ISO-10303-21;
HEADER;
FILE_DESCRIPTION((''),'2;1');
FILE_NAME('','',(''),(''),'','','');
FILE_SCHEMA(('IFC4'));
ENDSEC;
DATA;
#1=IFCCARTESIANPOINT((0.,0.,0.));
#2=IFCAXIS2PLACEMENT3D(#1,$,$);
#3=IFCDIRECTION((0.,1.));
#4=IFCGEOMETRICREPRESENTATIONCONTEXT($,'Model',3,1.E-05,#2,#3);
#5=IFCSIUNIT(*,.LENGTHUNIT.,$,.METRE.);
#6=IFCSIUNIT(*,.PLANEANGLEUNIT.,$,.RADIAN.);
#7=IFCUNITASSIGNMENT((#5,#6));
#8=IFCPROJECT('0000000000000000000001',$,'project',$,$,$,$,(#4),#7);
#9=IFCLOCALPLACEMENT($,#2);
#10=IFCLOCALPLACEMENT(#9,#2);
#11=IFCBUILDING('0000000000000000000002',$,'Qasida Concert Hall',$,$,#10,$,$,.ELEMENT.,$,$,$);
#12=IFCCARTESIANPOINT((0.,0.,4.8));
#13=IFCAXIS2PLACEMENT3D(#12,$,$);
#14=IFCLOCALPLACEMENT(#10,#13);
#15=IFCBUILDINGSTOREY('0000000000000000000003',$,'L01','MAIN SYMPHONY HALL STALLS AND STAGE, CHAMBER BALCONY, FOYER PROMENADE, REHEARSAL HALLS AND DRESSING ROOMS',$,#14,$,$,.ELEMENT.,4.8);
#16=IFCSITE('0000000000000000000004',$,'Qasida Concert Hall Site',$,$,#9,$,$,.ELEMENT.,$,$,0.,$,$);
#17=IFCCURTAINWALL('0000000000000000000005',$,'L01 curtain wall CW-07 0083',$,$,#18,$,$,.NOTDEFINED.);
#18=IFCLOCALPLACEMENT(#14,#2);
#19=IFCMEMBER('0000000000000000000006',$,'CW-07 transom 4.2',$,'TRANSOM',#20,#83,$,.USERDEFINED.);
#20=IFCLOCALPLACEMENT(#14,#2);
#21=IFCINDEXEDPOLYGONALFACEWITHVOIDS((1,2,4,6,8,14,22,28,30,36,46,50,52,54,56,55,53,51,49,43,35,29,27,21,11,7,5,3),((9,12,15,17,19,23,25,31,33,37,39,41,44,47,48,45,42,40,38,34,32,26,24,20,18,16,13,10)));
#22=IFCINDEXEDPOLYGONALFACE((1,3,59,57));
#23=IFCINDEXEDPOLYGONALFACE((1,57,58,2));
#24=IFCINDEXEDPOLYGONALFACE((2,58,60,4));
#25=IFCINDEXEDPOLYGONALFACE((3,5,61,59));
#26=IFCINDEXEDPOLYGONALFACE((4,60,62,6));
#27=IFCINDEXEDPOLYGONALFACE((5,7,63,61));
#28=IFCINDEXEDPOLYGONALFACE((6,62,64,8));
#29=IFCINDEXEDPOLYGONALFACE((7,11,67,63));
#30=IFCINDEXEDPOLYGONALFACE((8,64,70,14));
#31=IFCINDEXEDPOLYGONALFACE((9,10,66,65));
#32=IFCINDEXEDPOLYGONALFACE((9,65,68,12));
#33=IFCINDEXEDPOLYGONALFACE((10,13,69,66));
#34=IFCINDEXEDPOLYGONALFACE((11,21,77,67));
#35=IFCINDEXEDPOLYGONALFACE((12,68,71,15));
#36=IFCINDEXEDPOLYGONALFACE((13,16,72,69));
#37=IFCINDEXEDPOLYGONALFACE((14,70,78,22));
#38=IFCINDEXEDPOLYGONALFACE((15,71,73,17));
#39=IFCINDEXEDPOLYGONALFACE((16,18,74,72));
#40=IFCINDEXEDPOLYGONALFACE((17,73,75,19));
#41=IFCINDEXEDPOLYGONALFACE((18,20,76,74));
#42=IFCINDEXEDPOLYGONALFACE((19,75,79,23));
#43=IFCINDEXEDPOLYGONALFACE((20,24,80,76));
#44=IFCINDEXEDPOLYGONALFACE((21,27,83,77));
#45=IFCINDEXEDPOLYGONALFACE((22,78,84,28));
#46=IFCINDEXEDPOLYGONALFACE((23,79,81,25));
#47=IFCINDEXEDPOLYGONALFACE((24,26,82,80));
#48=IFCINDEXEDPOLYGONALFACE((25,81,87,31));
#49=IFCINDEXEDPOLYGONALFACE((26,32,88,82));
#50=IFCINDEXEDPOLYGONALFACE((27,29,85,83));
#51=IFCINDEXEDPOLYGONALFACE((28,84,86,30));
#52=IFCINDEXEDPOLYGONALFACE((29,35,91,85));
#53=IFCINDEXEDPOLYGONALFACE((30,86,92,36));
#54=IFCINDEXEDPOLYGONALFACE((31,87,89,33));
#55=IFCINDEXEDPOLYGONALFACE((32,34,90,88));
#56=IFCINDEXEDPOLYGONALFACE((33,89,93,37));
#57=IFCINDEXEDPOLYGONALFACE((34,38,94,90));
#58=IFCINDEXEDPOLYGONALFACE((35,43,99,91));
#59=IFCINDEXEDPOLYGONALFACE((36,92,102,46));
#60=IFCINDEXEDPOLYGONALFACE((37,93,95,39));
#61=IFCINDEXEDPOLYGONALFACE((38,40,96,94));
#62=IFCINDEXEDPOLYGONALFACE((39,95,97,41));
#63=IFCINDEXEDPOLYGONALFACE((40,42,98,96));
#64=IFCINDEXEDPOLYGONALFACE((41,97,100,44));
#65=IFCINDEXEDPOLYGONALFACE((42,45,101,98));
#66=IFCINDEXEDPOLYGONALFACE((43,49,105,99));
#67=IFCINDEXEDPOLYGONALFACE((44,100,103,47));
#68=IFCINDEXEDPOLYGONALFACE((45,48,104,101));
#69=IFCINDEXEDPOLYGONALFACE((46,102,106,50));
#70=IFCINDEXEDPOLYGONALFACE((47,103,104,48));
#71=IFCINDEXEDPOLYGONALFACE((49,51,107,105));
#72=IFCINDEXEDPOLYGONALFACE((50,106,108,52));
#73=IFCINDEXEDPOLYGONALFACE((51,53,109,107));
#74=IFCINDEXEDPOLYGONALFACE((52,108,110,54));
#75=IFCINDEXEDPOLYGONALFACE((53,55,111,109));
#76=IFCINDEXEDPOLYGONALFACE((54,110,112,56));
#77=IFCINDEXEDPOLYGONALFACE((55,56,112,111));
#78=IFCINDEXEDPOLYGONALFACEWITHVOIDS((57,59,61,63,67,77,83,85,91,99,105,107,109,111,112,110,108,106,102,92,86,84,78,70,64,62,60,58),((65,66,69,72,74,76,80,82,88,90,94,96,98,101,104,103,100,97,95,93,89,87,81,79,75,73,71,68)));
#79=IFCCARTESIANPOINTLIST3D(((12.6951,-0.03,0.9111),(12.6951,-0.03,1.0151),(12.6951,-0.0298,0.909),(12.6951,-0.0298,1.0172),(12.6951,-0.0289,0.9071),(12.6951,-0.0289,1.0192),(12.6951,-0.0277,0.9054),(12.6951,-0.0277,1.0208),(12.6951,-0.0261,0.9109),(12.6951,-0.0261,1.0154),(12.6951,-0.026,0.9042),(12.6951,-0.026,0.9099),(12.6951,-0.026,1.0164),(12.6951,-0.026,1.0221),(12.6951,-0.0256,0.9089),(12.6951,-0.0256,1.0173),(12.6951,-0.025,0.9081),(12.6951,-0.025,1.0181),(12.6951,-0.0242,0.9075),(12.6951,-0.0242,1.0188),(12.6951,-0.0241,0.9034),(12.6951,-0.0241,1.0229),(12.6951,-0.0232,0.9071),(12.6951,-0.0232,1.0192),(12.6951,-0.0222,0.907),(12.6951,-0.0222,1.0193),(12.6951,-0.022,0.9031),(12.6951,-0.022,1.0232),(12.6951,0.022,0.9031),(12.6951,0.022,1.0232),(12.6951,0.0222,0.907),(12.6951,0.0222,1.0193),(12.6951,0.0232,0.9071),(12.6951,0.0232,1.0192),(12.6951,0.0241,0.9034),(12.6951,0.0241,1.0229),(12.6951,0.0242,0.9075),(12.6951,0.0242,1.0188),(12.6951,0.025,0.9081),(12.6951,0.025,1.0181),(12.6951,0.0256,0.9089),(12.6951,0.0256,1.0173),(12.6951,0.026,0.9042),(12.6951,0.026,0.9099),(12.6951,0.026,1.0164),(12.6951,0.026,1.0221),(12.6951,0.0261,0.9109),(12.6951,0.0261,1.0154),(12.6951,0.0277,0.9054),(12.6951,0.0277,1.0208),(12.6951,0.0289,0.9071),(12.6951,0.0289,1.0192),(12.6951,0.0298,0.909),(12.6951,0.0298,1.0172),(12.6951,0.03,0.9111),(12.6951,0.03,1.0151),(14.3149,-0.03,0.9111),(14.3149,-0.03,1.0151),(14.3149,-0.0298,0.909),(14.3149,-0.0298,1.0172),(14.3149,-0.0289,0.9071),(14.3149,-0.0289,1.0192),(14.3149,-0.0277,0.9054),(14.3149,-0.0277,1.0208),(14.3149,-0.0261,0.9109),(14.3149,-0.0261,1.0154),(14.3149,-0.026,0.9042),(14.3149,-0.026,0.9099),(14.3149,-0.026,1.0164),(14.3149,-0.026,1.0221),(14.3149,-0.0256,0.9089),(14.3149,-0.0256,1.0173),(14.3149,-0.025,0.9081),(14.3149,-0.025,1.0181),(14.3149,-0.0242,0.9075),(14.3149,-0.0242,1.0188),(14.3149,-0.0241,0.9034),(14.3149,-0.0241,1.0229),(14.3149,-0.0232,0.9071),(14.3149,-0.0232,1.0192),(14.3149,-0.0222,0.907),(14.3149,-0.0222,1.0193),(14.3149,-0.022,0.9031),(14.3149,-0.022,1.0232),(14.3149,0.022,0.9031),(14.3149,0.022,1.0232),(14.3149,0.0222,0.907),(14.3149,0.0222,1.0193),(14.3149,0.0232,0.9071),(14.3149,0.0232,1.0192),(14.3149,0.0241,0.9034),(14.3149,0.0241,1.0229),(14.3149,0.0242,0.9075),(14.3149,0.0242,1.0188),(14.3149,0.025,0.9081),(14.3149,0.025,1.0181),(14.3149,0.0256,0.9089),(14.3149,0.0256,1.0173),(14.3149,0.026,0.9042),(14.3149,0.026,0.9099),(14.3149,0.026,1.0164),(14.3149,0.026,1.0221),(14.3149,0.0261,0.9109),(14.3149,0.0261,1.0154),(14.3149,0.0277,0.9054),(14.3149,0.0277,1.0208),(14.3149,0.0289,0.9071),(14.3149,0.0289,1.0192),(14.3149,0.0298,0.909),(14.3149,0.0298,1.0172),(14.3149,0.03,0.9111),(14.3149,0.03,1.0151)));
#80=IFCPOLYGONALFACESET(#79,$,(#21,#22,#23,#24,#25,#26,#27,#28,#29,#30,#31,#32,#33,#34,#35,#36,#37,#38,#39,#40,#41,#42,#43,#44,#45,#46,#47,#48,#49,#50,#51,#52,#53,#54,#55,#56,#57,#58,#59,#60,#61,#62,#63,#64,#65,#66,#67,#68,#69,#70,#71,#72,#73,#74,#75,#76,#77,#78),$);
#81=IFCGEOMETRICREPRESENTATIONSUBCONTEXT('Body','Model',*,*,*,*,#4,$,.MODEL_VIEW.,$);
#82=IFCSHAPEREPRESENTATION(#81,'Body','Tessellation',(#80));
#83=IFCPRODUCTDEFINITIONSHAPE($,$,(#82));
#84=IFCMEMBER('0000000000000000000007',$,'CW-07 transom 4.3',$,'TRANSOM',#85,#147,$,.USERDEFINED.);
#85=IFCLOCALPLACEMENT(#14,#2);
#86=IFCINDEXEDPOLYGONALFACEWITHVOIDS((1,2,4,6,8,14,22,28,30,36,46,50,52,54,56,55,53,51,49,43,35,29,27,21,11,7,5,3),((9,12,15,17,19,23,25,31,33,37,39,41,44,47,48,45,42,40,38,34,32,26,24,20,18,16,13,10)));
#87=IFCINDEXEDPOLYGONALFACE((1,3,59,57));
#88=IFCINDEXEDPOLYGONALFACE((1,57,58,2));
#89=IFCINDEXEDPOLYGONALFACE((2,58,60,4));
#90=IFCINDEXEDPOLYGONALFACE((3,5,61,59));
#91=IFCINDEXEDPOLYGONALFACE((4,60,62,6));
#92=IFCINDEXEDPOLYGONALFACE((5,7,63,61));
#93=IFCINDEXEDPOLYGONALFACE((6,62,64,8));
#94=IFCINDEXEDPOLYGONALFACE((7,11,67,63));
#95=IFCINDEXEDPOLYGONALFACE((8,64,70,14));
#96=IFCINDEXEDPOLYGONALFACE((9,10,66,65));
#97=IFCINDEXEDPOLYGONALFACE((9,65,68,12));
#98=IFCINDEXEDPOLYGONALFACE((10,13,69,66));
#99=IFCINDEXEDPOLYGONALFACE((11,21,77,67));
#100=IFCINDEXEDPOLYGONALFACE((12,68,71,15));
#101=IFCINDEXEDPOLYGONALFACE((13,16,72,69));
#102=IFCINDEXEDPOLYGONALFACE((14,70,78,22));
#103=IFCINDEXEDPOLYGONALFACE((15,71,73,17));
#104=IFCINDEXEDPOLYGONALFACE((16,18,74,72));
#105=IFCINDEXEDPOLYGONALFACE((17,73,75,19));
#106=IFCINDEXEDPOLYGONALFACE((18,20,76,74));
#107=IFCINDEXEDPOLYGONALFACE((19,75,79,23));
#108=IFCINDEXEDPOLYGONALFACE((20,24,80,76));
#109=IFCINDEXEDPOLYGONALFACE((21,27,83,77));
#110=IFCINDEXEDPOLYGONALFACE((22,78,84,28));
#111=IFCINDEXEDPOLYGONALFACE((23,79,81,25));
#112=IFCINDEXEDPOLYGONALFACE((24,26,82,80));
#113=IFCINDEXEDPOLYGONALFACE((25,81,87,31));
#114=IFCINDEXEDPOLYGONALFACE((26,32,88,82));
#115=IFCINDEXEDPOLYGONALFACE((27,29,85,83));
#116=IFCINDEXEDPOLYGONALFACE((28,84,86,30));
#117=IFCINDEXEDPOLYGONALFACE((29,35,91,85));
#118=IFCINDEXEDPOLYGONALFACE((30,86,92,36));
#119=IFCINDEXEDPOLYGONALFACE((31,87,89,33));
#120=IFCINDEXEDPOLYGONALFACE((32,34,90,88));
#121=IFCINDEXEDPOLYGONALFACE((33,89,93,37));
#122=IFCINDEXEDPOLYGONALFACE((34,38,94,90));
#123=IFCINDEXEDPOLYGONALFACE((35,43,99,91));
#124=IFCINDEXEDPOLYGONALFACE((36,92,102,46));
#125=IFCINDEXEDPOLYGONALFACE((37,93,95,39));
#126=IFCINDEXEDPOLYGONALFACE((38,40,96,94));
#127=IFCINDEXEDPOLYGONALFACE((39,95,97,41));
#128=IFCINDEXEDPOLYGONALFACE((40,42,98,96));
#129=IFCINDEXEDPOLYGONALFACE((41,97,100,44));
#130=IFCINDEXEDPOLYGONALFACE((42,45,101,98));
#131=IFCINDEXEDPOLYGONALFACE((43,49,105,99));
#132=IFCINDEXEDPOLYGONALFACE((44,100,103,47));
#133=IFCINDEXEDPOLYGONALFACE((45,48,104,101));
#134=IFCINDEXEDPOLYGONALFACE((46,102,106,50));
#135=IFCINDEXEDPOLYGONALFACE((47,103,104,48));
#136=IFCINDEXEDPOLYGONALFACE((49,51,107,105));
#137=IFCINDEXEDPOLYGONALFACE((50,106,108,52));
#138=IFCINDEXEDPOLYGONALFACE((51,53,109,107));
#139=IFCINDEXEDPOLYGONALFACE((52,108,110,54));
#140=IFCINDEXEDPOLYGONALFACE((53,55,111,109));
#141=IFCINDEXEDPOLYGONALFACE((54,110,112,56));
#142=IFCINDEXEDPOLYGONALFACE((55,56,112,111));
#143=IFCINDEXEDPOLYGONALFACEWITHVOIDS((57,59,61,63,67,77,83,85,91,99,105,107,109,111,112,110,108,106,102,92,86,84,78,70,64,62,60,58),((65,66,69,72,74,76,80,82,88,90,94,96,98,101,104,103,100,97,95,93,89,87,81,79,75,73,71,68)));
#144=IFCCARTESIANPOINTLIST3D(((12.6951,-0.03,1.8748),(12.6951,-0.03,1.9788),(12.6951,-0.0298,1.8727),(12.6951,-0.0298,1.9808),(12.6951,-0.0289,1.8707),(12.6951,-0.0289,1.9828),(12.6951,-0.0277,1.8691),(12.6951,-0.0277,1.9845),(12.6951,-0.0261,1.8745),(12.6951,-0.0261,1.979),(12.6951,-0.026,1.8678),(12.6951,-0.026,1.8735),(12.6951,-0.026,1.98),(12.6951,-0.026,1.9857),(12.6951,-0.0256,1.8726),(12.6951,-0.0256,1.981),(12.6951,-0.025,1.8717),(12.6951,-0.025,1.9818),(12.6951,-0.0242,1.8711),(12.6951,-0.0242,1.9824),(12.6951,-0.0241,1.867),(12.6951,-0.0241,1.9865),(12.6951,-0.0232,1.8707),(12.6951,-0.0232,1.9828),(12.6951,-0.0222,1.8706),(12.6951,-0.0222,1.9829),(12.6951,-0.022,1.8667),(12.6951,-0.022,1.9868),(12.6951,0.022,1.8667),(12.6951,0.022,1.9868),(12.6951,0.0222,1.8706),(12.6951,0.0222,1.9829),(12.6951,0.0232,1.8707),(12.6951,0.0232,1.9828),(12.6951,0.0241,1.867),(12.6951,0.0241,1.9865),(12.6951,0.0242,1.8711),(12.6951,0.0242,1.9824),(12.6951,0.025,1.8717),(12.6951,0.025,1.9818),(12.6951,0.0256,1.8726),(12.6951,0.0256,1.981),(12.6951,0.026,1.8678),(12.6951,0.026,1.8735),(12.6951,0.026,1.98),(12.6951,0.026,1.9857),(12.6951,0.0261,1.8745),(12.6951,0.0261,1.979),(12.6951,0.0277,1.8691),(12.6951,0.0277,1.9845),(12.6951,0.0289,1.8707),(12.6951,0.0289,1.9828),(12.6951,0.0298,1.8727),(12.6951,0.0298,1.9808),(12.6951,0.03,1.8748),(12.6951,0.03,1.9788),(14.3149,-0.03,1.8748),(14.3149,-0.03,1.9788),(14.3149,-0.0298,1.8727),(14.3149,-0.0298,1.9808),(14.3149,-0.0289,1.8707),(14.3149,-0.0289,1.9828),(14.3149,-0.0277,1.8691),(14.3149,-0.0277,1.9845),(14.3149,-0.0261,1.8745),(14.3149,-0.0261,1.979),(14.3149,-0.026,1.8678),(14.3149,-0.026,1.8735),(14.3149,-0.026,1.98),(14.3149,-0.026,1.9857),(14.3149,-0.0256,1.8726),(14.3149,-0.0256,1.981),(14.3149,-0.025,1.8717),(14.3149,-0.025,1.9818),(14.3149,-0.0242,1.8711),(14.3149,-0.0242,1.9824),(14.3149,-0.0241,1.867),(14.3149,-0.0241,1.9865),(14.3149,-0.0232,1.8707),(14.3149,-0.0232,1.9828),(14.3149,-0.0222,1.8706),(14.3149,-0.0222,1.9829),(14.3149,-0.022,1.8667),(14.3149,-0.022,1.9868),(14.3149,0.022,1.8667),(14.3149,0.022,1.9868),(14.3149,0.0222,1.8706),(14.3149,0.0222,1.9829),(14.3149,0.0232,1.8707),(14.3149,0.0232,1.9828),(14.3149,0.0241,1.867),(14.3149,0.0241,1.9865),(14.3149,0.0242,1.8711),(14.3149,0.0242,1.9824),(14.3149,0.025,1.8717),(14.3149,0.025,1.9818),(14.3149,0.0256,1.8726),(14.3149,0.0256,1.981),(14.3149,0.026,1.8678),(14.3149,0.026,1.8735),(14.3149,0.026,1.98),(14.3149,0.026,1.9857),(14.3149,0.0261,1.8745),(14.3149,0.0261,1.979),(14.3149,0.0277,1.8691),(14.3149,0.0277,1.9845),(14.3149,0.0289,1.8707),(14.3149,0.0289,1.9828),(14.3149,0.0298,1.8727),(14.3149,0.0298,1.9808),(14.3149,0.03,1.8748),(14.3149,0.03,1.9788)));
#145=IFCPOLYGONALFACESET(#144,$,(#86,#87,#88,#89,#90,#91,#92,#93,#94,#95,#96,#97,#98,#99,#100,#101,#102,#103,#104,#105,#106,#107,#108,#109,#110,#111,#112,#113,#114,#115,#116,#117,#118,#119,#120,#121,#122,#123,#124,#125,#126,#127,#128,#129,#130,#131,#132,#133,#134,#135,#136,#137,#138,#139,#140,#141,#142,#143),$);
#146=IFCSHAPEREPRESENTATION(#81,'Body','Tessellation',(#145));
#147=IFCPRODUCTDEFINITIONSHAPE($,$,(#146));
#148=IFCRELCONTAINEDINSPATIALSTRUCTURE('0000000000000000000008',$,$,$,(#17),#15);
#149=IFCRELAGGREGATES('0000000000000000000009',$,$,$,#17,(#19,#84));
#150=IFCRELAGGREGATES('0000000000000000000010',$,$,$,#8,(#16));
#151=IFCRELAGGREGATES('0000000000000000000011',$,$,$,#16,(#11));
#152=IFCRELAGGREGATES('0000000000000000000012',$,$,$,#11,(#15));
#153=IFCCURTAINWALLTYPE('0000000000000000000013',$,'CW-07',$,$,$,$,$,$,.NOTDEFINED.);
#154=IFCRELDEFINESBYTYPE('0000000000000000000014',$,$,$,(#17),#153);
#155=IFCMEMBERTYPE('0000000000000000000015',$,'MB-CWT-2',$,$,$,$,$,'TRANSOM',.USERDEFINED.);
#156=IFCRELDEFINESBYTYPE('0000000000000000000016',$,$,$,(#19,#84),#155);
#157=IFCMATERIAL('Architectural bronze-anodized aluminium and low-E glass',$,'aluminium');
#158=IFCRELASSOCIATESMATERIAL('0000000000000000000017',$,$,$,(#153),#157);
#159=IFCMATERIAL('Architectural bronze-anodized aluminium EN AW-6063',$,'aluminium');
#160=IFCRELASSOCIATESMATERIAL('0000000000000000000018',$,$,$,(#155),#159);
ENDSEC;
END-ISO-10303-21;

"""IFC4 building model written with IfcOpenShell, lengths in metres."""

from ifc_helpers import new_model, si_unit, direction, frame, origin, origin_2d, place, context, subcontext, project, spatial, hollow_rectangle, extrude, material, material_profile, profile_set, type_object, element, aggregate, save


model = new_model("IFC4")

# Units and contexts
model_context = context("Model", 3, precision=1e-05, world=origin(), true_north=direction((0.0, 1.0)))
body_context = subcontext(model_context, "Body", "Model", "MODEL_VIEW")
ifc_project = project(units=[si_unit("LENGTHUNIT", "METRE"), si_unit("PLANEANGLEUNIT", "RADIAN")], contexts=[model_context])

# Site, building, storey
site_placement = place(None, origin())
site = spatial("IfcSite", under=ifc_project, at=site_placement, Name="Qasida Concert Hall Site", CompositionType="ELEMENT", RefElevation=0.0)
building_placement = place(site_placement, origin())
building = spatial("IfcBuilding", under=site, at=building_placement, Name="Qasida Concert Hall", CompositionType="ELEMENT")
storey_placement = place(building_placement, frame((0.0, 0.0, 4.8)))
storey = spatial("IfcBuildingStorey", under=building, at=storey_placement, Name="L01", Description="MAIN SYMPHONY HALL STALLS AND STAGE, CHAMBER BALCONY, FOYER PROMENADE, REHEARSAL HALLS AND DRESSING ROOMS", CompositionType="ELEMENT", Elevation=4.8)

# Curtain wall
ifc_material_1 = material(Name="Architectural bronze-anodized aluminium and low-E glass", Category="aluminium")
curtain_wall_type = type_object("IfcCurtainWallType", Name="CW-07", PredefinedType="NOTDEFINED", material=ifc_material_1)
curtain_wall_1_placement = place(storey_placement, origin())
curtain_wall_1 = element("IfcCurtainWall", 1, at=curtain_wall_1_placement, inside=storey, type_object=curtain_wall_type, Name="L01 curtain wall CW-07 0083", PredefinedType="NOTDEFINED")
ifc_material_2 = material(Name="Architectural bronze-anodized aluminium EN AW-6063", Category="aluminium")

# Members
ifc_material_profile_1 = material_profile(ifc_material_2, hollow_rectangle(XDim=0.0601, YDim=0.1201, WallThickness=0.0039, InnerFilletRadius=0.0039, OuterFilletRadius=0.0081, at=origin_2d()), Name="CWT 120x60x4")
ifc_profile_set_1 = profile_set([ifc_material_profile_1], Name="Architectural bronze-anodized aluminium EN AW-6063")
member_type_1 = type_object("IfcMemberType", Name="MB-CWT-2", ElementType="TRANSOM", PredefinedType="USERDEFINED", material=ifc_profile_set_1)
member_1_placement = place(storey_placement, frame((12.6951, 0.0, 0.9631), z_axis=(1.0, 0.0, 0.0), x_axis=(0.0, 1.0, 0.0)))
member_1 = element("IfcMember", 2, at=member_1_placement, type_object=member_type_1, Name="CW-07 transom 4.2", ObjectType="TRANSOM", PredefinedType="USERDEFINED", context=body_context, shape_type="SweptSolid", body=[
    extrude(hollow_rectangle(XDim=0.0601, YDim=0.1201, WallThickness=0.0039, InnerFilletRadius=0.0039, OuterFilletRadius=0.0081, at=origin_2d()), origin(), (0.0, 0.0, 1.0), 1.6199),
])
member_2_placement = place(storey_placement, frame((12.6951, 0.0, 1.9268), z_axis=(1.0, 0.0, 0.0), x_axis=(0.0, 1.0, 0.0)))
member_2 = element("IfcMember", 3, at=member_2_placement, type_object=member_type_1, Name="CW-07 transom 4.3", ObjectType="TRANSOM", PredefinedType="USERDEFINED", context=body_context, shape_type="SweptSolid", body=[
    extrude(hollow_rectangle(XDim=0.0601, YDim=0.1201, WallThickness=0.0039, InnerFilletRadius=0.0039, OuterFilletRadius=0.0081, at=origin_2d()), origin(), (0.0, 0.0, 1.0), 1.6199),
])

aggregate(curtain_wall_1, [member_1, member_2])

save(model, "model.ifc")
